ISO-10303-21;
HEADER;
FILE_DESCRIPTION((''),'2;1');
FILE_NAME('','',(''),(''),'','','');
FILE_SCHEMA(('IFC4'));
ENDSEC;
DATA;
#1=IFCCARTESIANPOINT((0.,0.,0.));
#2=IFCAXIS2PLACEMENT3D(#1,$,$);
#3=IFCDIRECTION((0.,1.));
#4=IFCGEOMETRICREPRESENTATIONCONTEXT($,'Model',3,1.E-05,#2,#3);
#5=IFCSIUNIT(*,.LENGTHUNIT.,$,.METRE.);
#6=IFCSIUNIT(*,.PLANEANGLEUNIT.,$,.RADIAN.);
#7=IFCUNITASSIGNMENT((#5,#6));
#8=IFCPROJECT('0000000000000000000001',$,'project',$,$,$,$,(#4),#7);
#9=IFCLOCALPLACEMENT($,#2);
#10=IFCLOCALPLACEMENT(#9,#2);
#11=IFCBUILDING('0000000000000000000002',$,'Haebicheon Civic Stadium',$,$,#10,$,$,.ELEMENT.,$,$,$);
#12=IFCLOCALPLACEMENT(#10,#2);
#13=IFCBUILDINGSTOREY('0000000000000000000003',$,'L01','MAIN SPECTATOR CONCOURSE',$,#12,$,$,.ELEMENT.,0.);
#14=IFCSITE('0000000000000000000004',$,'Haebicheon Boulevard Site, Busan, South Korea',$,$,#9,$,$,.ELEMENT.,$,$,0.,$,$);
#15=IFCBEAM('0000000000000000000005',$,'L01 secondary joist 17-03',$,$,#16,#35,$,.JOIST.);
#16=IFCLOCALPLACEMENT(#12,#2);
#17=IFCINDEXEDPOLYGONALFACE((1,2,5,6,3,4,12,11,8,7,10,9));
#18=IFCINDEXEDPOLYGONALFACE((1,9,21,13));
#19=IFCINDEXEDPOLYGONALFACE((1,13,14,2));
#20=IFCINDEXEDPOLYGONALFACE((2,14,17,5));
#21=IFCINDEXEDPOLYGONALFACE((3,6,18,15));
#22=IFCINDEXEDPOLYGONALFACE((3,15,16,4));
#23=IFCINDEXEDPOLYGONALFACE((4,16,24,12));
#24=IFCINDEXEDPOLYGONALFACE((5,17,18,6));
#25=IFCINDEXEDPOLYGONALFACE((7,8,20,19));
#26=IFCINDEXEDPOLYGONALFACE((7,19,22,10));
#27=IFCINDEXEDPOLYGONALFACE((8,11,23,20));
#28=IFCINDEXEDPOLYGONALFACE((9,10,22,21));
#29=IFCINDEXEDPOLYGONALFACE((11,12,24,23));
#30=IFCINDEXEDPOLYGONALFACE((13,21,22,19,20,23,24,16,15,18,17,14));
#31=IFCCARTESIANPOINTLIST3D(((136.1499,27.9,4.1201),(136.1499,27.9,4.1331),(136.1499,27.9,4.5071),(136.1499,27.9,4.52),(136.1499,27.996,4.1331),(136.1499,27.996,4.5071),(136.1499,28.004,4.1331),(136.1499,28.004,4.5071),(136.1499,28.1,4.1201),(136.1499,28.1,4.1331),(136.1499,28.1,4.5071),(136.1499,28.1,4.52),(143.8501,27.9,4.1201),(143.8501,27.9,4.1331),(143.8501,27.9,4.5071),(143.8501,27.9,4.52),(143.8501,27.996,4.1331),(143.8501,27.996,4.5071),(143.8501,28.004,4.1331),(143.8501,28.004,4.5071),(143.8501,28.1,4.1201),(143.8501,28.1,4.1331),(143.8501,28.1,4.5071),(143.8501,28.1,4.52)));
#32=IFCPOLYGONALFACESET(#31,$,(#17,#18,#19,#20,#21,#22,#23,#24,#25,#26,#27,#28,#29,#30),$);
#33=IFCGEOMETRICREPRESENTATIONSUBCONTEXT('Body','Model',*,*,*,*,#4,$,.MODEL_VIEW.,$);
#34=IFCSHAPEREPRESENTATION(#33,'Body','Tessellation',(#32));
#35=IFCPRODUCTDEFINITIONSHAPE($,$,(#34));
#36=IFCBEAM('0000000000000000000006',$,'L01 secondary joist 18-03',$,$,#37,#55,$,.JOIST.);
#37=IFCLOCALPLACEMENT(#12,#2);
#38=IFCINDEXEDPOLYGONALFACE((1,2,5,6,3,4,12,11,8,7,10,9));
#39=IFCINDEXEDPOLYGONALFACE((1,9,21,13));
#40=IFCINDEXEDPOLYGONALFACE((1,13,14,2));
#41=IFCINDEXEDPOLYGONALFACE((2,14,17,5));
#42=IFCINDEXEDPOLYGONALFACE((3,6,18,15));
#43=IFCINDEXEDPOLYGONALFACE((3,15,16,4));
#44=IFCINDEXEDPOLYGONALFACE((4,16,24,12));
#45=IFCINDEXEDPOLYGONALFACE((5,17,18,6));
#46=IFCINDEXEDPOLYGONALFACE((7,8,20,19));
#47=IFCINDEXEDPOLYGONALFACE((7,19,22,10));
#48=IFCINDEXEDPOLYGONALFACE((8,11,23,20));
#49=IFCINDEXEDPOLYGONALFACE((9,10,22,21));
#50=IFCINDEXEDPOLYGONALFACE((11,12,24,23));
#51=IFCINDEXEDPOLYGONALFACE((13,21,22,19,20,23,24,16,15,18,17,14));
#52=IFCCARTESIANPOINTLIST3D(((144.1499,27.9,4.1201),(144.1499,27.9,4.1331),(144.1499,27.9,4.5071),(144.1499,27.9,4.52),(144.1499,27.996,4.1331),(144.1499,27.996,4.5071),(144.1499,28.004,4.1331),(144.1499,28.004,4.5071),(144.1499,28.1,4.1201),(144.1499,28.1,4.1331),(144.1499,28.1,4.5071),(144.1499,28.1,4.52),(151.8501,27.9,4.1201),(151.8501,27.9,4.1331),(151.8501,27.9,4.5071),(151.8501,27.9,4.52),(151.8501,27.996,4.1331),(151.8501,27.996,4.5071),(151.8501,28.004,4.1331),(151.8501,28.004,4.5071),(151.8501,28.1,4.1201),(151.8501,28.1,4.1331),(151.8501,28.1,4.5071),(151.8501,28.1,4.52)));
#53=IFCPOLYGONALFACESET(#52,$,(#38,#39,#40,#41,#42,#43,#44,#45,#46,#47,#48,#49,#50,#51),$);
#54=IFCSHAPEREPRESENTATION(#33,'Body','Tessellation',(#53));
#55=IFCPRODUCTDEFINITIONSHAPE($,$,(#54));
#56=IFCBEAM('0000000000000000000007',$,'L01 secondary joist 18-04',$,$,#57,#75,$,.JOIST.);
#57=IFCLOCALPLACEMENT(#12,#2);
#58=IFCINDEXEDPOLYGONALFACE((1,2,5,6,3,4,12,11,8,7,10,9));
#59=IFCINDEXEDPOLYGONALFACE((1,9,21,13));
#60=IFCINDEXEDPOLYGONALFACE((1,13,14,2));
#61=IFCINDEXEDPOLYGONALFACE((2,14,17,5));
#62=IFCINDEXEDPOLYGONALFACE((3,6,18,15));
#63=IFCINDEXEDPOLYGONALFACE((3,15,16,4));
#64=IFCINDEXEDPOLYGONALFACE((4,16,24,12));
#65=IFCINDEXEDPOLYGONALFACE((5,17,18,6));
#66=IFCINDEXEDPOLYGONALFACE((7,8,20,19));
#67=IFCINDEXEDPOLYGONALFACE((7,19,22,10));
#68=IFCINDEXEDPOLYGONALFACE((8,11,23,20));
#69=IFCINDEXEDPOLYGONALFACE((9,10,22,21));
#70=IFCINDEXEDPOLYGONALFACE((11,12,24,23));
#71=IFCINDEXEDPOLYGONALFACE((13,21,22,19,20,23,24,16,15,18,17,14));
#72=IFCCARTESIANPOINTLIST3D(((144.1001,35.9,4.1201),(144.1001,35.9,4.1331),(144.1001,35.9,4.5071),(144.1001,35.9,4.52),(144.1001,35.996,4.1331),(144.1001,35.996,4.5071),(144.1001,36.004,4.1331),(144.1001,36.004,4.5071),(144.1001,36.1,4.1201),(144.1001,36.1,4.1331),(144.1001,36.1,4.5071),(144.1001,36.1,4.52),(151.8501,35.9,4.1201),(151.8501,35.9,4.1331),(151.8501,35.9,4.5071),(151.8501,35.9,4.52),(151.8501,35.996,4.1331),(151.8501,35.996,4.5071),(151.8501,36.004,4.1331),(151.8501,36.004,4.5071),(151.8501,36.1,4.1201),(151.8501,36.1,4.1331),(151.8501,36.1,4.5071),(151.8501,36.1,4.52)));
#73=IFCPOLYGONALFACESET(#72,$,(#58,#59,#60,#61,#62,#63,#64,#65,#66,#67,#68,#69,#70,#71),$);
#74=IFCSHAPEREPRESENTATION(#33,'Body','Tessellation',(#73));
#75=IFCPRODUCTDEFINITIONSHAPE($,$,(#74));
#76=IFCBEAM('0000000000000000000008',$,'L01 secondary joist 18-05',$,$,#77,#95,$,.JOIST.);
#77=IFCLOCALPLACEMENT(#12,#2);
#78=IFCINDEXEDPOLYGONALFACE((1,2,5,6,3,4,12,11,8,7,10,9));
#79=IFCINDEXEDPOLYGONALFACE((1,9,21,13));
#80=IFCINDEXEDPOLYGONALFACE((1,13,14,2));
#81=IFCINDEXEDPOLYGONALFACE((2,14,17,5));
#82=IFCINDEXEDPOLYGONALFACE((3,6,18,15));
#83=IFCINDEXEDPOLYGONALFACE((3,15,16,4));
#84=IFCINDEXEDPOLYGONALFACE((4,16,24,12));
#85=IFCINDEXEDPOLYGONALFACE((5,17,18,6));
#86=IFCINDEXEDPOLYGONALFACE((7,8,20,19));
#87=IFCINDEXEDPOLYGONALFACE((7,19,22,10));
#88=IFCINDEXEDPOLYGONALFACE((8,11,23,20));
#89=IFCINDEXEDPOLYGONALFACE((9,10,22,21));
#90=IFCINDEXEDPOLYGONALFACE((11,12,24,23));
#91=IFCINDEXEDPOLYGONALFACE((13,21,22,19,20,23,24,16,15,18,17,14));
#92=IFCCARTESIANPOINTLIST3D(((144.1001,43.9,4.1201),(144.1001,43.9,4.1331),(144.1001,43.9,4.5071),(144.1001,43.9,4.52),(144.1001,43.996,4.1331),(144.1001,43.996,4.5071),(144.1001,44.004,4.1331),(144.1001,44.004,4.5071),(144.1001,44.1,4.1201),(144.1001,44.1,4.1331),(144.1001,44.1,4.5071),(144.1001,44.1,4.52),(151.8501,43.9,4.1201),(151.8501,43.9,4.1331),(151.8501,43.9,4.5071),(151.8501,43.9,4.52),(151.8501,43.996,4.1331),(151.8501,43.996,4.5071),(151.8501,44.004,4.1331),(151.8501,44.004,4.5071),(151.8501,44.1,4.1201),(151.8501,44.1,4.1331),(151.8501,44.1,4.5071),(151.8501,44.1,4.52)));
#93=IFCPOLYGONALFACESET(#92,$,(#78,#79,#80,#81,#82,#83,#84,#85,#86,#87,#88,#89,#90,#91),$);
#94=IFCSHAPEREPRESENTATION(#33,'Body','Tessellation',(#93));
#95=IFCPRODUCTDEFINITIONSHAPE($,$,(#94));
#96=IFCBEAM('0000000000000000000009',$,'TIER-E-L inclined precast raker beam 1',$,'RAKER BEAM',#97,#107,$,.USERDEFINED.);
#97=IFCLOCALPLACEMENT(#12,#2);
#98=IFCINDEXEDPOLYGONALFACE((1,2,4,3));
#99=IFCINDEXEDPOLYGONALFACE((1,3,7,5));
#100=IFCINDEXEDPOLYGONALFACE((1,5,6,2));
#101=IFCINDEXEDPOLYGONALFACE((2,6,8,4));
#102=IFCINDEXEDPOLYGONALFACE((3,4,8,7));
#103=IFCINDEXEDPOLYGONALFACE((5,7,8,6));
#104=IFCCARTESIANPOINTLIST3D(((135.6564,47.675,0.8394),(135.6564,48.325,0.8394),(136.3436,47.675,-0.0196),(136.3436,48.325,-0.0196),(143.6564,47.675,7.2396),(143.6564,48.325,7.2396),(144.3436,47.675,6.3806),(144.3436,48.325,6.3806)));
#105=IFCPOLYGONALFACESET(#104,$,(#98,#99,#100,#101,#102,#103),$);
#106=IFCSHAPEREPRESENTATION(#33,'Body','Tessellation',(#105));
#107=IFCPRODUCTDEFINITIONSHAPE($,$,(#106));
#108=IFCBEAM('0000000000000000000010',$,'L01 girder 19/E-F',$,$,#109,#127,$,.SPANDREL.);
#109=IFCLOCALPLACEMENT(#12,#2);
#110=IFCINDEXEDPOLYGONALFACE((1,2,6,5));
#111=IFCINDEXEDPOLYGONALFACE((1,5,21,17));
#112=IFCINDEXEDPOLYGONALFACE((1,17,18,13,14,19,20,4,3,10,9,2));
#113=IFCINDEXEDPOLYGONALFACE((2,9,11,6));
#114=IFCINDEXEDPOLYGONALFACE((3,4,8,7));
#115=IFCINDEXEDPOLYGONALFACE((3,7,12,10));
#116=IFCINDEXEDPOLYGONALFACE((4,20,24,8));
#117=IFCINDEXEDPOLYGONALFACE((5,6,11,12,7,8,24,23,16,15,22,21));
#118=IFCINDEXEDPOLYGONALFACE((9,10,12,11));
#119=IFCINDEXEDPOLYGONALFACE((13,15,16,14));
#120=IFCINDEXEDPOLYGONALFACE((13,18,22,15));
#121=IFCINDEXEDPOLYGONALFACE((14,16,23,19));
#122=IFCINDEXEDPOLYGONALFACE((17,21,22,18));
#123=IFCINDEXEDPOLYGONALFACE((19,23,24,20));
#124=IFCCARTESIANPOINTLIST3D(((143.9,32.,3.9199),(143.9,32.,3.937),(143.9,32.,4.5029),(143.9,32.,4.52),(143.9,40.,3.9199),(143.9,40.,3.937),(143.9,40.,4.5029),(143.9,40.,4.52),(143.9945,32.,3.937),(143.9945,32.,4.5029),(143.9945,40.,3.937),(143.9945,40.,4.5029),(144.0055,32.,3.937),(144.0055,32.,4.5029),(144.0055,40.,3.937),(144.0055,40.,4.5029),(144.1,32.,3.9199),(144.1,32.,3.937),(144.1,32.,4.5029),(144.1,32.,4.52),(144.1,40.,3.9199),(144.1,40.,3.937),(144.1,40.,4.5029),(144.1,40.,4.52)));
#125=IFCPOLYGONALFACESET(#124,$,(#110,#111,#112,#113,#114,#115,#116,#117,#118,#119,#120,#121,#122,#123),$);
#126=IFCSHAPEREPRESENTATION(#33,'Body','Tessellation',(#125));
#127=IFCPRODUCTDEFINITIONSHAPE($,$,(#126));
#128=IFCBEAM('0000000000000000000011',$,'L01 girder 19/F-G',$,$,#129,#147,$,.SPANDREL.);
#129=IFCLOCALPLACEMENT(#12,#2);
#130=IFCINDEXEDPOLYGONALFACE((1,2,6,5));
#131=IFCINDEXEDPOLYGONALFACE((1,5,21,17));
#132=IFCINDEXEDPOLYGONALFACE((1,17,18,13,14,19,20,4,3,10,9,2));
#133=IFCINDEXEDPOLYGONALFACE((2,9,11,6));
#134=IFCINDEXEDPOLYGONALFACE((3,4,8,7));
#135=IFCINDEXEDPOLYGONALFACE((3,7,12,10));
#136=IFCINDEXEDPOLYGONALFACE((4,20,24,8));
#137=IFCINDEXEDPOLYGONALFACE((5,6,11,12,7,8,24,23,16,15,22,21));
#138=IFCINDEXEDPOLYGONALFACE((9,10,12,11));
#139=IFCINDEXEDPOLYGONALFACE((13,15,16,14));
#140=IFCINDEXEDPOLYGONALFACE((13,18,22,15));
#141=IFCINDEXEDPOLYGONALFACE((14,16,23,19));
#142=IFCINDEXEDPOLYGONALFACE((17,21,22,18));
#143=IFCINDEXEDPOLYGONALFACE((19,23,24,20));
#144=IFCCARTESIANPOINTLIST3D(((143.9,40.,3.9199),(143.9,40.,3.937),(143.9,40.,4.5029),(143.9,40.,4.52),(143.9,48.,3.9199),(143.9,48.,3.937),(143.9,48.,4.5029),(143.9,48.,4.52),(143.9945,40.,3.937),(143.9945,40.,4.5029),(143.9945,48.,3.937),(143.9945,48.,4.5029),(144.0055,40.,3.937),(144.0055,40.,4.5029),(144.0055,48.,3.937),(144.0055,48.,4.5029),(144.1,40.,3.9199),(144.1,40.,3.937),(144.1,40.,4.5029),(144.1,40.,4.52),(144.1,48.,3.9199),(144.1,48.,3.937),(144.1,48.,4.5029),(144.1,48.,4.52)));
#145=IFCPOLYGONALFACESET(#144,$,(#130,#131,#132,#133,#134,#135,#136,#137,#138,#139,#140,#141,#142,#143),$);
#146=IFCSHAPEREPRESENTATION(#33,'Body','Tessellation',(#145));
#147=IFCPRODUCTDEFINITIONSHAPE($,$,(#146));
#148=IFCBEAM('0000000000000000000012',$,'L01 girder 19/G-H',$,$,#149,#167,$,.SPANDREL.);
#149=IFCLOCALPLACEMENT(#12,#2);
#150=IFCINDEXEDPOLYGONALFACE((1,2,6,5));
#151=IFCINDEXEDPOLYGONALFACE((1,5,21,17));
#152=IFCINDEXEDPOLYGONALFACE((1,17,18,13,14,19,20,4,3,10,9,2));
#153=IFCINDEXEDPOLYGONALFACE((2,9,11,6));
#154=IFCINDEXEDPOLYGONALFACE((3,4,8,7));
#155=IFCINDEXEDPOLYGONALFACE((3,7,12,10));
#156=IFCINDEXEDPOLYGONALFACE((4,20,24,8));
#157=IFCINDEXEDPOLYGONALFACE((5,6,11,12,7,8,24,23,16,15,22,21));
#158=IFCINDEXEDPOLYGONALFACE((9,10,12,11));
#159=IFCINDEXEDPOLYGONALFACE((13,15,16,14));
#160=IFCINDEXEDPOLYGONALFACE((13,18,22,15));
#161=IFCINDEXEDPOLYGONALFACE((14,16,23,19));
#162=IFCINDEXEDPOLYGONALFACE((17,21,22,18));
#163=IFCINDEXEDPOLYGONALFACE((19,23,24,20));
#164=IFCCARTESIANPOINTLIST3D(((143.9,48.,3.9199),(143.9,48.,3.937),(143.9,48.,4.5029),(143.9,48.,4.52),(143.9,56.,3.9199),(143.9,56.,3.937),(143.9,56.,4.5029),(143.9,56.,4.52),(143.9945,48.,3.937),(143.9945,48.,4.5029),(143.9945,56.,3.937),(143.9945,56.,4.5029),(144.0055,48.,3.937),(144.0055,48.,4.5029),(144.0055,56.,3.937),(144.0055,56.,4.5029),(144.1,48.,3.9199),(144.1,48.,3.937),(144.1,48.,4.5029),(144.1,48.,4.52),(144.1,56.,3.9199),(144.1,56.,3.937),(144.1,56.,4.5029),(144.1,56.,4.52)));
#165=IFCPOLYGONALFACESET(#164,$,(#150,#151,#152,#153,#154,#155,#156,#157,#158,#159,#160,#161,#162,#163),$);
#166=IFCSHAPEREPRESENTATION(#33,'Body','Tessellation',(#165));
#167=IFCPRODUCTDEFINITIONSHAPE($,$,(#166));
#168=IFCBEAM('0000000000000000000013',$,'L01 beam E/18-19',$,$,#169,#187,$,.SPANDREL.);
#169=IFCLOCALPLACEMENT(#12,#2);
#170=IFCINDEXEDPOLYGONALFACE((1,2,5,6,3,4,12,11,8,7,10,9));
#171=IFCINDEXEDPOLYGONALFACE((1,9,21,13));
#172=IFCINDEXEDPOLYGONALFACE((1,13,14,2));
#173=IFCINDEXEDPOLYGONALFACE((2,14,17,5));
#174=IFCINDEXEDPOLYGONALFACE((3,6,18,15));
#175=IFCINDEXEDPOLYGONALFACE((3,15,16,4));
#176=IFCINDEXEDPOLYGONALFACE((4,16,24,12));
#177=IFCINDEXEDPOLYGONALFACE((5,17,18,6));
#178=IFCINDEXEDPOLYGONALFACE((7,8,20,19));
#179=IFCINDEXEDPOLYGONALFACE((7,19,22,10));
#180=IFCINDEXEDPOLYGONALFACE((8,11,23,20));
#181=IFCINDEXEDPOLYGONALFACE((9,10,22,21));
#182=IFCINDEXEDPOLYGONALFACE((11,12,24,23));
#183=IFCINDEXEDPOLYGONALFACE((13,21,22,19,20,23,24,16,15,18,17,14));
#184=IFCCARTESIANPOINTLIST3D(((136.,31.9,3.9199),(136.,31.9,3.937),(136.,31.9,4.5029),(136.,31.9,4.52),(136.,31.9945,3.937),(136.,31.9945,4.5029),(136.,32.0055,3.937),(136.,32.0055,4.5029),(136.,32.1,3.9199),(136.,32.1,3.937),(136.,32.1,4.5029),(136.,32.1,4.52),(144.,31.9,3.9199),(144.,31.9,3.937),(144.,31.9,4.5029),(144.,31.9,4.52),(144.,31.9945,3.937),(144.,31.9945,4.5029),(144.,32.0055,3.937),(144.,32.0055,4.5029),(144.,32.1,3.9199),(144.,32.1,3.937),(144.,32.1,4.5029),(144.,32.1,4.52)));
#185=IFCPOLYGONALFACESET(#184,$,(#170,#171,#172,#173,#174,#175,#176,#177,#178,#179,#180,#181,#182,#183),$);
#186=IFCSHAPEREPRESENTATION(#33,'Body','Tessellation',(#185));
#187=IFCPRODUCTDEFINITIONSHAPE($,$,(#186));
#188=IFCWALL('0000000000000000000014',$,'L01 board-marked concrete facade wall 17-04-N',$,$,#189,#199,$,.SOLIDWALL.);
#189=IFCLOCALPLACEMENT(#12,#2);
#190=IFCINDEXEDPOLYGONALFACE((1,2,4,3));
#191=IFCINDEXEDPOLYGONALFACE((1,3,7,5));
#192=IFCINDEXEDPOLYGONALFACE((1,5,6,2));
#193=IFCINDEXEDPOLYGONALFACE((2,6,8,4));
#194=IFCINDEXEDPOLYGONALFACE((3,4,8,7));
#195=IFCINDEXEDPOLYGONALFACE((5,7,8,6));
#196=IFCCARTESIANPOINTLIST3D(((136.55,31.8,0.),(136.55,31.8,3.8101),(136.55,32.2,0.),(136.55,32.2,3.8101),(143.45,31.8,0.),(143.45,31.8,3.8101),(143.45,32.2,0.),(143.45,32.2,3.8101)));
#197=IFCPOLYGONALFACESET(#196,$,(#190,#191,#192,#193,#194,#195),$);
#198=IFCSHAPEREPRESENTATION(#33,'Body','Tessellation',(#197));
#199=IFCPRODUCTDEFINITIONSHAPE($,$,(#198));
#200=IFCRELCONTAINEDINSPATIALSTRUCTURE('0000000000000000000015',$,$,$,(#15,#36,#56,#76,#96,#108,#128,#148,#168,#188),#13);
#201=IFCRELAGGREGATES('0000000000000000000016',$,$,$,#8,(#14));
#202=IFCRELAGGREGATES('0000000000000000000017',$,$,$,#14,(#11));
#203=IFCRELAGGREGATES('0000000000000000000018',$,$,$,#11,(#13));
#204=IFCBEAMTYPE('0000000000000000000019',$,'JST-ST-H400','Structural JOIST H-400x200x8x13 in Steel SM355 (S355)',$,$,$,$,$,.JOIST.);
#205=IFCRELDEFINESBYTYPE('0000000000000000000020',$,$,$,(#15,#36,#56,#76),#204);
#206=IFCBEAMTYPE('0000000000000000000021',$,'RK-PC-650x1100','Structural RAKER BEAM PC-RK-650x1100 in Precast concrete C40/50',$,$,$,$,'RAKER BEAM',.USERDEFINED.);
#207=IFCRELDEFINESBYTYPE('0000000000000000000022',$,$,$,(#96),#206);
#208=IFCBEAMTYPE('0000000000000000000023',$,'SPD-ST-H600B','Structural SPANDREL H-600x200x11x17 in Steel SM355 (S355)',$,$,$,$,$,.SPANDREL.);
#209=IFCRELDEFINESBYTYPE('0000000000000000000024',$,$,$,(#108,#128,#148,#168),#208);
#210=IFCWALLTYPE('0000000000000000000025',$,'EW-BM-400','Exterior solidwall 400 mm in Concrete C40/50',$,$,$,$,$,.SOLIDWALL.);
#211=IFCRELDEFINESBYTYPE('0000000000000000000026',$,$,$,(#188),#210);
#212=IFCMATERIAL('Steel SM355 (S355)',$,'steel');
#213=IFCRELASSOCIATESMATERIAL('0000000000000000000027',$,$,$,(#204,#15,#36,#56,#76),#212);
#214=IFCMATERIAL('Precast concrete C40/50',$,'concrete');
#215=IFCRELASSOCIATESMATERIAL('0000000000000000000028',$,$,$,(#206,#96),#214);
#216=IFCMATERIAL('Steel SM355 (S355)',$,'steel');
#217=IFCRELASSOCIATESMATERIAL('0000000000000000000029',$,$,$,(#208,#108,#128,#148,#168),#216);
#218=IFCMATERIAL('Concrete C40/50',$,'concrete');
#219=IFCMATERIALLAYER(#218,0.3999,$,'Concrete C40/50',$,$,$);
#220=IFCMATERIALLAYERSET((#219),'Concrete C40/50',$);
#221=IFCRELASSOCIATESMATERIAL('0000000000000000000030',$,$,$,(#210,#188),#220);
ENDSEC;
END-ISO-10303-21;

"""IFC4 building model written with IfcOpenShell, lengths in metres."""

from ifc_helpers import new_model, si_unit, direction, frame, frame_2d, origin, origin_2d, place, context, subcontext, project, spatial, rectangle, i_section, extrude, material, layer, layer_set, material_profile, profile_set, type_object, element, save


model = new_model("IFC4")

# Units and contexts
model_context = context("Model", 3, precision=1e-05, world=origin(), true_north=direction((0.0, 1.0)))
body_context = subcontext(model_context, "Body", "Model", "MODEL_VIEW")
ifc_project = project(units=[si_unit("LENGTHUNIT", "METRE"), si_unit("PLANEANGLEUNIT", "RADIAN")], contexts=[model_context])

# Site, building, storey
site_placement = place(None, origin())
site = spatial("IfcSite", under=ifc_project, at=site_placement, Name="Haebicheon Boulevard Site, Busan, South Korea", CompositionType="ELEMENT", RefElevation=0.0)
building_placement = place(site_placement, origin())
building = spatial("IfcBuilding", under=site, at=building_placement, Name="Haebicheon Civic Stadium", CompositionType="ELEMENT")
storey_placement = place(building_placement, origin())
storey = spatial("IfcBuildingStorey", under=building, at=storey_placement, Name="L01", Description="MAIN SPECTATOR CONCOURSE", CompositionType="ELEMENT", Elevation=0.0)

# Beams
ifc_material_1 = material(Name="Steel SM355 (S355)", Category="steel")
ifc_material_profile_1 = material_profile(ifc_material_1, i_section(OverallWidth=0.2, OverallDepth=0.3999, WebThickness=0.0081, FlangeThickness=0.0129, at=origin_2d()), Name="H-400x200x8x13")
ifc_profile_set_1 = profile_set([ifc_material_profile_1], Name="Steel SM355 (S355)")
beam_type_1 = type_object("IfcBeamType", Name="JST-ST-H400", Description="Structural JOIST H-400x200x8x13 in Steel SM355 (S355)", PredefinedType="JOIST", material=ifc_profile_set_1)
for number, where, z_axis, x_axis, name in (
    (1, (136.1499, 28.0, 4.3201), (1.0, 0.0, 0.0), (0.0, 1.0, 0.0), "L01 secondary joist 17-03"),
    (2, (144.1499, 28.0, 4.3201), (1.0, 0.0, 0.0), (0.0, 1.0, 0.0), "L01 secondary joist 18-03"),
):
    element("IfcBeam", number, at=place(storey_placement, frame(where, z_axis=z_axis, x_axis=x_axis)), inside=storey, type_object=beam_type_1, material=ifc_profile_set_1, Name=name, PredefinedType="JOIST", context=body_context, shape_type="SweptSolid", body=[
        extrude(i_section(OverallWidth=0.2, OverallDepth=0.3999, WebThickness=0.0081, FlangeThickness=0.0129, at=origin_2d()), origin(), (0.0, 0.0, 1.0), 7.7002),
    ])
for number, where, z_axis, x_axis, name in (
    (3, (144.1001, 36.0, 4.3201), (1.0, 0.0, 0.0), (0.0, 1.0, 0.0), "L01 secondary joist 18-04"),
    (4, (144.1001, 44.0, 4.3201), (1.0, 0.0, 0.0), (0.0, 1.0, 0.0), "L01 secondary joist 18-05"),
):
    element("IfcBeam", number, at=place(storey_placement, frame(where, z_axis=z_axis, x_axis=x_axis)), inside=storey, type_object=beam_type_1, material=ifc_profile_set_1, Name=name, PredefinedType="JOIST", context=body_context, shape_type="SweptSolid", body=[
        extrude(i_section(OverallWidth=0.2, OverallDepth=0.3999, WebThickness=0.0081, FlangeThickness=0.0129, at=origin_2d()), origin(), (0.0, 0.0, 1.0), 7.75),
    ])
ifc_material_2 = material(Name="Precast concrete C40/50", Category="concrete")
ifc_material_profile_2 = material_profile(ifc_material_2, rectangle(XDim=0.6499, YDim=1.1001, at=origin_2d()), Name="PC-RK-650x1100")
ifc_profile_set_2 = profile_set([ifc_material_profile_2], Name="Precast concrete C40/50")
beam_type_2 = type_object("IfcBeamType", Name="RK-PC-650x1100", Description="Structural RAKER BEAM PC-RK-650x1100 in Precast concrete C40/50", ElementType="RAKER BEAM", PredefinedType="USERDEFINED", material=ifc_profile_set_2)
beam_1_placement = place(storey_placement, frame((136.0, 48.0, 0.4099), z_axis=(0.780862, 0.0, 0.624704), x_axis=(0.0, 1.0, 0.0)))
element("IfcBeam", 5, at=beam_1_placement, inside=storey, type_object=beam_type_2, material=ifc_profile_set_2, Name="TIER-E-L inclined precast raker beam 1", ObjectType="RAKER BEAM", PredefinedType="USERDEFINED", context=body_context, shape_type="SweptSolid", body=[
    extrude(rectangle(XDim=0.6499, YDim=1.1001, at=origin_2d()), origin(), (0.0, 0.0, 1.0), 10.2451),
])
ifc_material_3 = material(Name="Steel SM355 (S355)", Category="steel")
ifc_material_profile_3 = material_profile(ifc_material_3, i_section(OverallWidth=0.2, OverallDepth=0.6001, WebThickness=0.011, FlangeThickness=0.0171, at=origin_2d()), Name="H-600x200x11x17")
ifc_profile_set_3 = profile_set([ifc_material_profile_3], Name="Steel SM355 (S355)")
beam_type_3 = type_object("IfcBeamType", Name="SPD-ST-H600B", Description="Structural SPANDREL H-600x200x11x17 in Steel SM355 (S355)", PredefinedType="SPANDREL", material=ifc_profile_set_3)
for number, where, z_axis, x_axis, name in (
    (6, (144.0, 32.0, 4.22), (0.0, 1.0, 0.0), (-1.0, 0.0, 0.0), "L01 girder 19/E-F"),
    (7, (144.0, 40.0, 4.22), (0.0, 1.0, 0.0), (-1.0, 0.0, 0.0), "L01 girder 19/F-G"),
    (8, (144.0, 48.0, 4.22), (0.0, 1.0, 0.0), (-1.0, 0.0, 0.0), "L01 girder 19/G-H"),
    (9, (136.0, 32.0, 4.22), (1.0, 0.0, 0.0), (0.0, 1.0, 0.0), "L01 beam E/18-19"),
):
    element("IfcBeam", number, at=place(storey_placement, frame(where, z_axis=z_axis, x_axis=x_axis)), inside=storey, type_object=beam_type_3, material=ifc_profile_set_3, Name=name, PredefinedType="SPANDREL", context=body_context, shape_type="SweptSolid", body=[
        extrude(i_section(OverallWidth=0.2, OverallDepth=0.6001, WebThickness=0.011, FlangeThickness=0.0171, at=origin_2d()), origin(), (0.0, 0.0, 1.0), 8.0),
    ])

# Wall
ifc_material_4 = material(Name="Concrete C40/50", Category="concrete")
ifc_layer_1 = layer(ifc_material_4, 0.3999, Name="Concrete C40/50")
ifc_layer_set_1 = layer_set([ifc_layer_1], Name="Concrete C40/50")
wall_type_1 = type_object("IfcWallType", Name="EW-BM-400", Description="Exterior solidwall 400 mm in Concrete C40/50", PredefinedType="SOLIDWALL", material=ifc_layer_set_1)
wall_1_placement = place(storey_placement, frame((136.55, 32.0, 0.0), z_axis=(0.0, 0.0, 1.0), x_axis=(1.0, 0.0, 0.0)))
element("IfcWall", 10, at=wall_1_placement, inside=storey, type_object=wall_type_1, material=ifc_layer_set_1, Name="L01 board-marked concrete facade wall 17-04-N", PredefinedType="SOLIDWALL", context=body_context, shape_type="SweptSolid", body=[
    extrude(rectangle(XDim=6.8999, YDim=0.3999, at=frame_2d((3.45, 0.0))), origin(), (0.0, 0.0, 1.0), 3.8101),
])

save(model, "model.ifc")
